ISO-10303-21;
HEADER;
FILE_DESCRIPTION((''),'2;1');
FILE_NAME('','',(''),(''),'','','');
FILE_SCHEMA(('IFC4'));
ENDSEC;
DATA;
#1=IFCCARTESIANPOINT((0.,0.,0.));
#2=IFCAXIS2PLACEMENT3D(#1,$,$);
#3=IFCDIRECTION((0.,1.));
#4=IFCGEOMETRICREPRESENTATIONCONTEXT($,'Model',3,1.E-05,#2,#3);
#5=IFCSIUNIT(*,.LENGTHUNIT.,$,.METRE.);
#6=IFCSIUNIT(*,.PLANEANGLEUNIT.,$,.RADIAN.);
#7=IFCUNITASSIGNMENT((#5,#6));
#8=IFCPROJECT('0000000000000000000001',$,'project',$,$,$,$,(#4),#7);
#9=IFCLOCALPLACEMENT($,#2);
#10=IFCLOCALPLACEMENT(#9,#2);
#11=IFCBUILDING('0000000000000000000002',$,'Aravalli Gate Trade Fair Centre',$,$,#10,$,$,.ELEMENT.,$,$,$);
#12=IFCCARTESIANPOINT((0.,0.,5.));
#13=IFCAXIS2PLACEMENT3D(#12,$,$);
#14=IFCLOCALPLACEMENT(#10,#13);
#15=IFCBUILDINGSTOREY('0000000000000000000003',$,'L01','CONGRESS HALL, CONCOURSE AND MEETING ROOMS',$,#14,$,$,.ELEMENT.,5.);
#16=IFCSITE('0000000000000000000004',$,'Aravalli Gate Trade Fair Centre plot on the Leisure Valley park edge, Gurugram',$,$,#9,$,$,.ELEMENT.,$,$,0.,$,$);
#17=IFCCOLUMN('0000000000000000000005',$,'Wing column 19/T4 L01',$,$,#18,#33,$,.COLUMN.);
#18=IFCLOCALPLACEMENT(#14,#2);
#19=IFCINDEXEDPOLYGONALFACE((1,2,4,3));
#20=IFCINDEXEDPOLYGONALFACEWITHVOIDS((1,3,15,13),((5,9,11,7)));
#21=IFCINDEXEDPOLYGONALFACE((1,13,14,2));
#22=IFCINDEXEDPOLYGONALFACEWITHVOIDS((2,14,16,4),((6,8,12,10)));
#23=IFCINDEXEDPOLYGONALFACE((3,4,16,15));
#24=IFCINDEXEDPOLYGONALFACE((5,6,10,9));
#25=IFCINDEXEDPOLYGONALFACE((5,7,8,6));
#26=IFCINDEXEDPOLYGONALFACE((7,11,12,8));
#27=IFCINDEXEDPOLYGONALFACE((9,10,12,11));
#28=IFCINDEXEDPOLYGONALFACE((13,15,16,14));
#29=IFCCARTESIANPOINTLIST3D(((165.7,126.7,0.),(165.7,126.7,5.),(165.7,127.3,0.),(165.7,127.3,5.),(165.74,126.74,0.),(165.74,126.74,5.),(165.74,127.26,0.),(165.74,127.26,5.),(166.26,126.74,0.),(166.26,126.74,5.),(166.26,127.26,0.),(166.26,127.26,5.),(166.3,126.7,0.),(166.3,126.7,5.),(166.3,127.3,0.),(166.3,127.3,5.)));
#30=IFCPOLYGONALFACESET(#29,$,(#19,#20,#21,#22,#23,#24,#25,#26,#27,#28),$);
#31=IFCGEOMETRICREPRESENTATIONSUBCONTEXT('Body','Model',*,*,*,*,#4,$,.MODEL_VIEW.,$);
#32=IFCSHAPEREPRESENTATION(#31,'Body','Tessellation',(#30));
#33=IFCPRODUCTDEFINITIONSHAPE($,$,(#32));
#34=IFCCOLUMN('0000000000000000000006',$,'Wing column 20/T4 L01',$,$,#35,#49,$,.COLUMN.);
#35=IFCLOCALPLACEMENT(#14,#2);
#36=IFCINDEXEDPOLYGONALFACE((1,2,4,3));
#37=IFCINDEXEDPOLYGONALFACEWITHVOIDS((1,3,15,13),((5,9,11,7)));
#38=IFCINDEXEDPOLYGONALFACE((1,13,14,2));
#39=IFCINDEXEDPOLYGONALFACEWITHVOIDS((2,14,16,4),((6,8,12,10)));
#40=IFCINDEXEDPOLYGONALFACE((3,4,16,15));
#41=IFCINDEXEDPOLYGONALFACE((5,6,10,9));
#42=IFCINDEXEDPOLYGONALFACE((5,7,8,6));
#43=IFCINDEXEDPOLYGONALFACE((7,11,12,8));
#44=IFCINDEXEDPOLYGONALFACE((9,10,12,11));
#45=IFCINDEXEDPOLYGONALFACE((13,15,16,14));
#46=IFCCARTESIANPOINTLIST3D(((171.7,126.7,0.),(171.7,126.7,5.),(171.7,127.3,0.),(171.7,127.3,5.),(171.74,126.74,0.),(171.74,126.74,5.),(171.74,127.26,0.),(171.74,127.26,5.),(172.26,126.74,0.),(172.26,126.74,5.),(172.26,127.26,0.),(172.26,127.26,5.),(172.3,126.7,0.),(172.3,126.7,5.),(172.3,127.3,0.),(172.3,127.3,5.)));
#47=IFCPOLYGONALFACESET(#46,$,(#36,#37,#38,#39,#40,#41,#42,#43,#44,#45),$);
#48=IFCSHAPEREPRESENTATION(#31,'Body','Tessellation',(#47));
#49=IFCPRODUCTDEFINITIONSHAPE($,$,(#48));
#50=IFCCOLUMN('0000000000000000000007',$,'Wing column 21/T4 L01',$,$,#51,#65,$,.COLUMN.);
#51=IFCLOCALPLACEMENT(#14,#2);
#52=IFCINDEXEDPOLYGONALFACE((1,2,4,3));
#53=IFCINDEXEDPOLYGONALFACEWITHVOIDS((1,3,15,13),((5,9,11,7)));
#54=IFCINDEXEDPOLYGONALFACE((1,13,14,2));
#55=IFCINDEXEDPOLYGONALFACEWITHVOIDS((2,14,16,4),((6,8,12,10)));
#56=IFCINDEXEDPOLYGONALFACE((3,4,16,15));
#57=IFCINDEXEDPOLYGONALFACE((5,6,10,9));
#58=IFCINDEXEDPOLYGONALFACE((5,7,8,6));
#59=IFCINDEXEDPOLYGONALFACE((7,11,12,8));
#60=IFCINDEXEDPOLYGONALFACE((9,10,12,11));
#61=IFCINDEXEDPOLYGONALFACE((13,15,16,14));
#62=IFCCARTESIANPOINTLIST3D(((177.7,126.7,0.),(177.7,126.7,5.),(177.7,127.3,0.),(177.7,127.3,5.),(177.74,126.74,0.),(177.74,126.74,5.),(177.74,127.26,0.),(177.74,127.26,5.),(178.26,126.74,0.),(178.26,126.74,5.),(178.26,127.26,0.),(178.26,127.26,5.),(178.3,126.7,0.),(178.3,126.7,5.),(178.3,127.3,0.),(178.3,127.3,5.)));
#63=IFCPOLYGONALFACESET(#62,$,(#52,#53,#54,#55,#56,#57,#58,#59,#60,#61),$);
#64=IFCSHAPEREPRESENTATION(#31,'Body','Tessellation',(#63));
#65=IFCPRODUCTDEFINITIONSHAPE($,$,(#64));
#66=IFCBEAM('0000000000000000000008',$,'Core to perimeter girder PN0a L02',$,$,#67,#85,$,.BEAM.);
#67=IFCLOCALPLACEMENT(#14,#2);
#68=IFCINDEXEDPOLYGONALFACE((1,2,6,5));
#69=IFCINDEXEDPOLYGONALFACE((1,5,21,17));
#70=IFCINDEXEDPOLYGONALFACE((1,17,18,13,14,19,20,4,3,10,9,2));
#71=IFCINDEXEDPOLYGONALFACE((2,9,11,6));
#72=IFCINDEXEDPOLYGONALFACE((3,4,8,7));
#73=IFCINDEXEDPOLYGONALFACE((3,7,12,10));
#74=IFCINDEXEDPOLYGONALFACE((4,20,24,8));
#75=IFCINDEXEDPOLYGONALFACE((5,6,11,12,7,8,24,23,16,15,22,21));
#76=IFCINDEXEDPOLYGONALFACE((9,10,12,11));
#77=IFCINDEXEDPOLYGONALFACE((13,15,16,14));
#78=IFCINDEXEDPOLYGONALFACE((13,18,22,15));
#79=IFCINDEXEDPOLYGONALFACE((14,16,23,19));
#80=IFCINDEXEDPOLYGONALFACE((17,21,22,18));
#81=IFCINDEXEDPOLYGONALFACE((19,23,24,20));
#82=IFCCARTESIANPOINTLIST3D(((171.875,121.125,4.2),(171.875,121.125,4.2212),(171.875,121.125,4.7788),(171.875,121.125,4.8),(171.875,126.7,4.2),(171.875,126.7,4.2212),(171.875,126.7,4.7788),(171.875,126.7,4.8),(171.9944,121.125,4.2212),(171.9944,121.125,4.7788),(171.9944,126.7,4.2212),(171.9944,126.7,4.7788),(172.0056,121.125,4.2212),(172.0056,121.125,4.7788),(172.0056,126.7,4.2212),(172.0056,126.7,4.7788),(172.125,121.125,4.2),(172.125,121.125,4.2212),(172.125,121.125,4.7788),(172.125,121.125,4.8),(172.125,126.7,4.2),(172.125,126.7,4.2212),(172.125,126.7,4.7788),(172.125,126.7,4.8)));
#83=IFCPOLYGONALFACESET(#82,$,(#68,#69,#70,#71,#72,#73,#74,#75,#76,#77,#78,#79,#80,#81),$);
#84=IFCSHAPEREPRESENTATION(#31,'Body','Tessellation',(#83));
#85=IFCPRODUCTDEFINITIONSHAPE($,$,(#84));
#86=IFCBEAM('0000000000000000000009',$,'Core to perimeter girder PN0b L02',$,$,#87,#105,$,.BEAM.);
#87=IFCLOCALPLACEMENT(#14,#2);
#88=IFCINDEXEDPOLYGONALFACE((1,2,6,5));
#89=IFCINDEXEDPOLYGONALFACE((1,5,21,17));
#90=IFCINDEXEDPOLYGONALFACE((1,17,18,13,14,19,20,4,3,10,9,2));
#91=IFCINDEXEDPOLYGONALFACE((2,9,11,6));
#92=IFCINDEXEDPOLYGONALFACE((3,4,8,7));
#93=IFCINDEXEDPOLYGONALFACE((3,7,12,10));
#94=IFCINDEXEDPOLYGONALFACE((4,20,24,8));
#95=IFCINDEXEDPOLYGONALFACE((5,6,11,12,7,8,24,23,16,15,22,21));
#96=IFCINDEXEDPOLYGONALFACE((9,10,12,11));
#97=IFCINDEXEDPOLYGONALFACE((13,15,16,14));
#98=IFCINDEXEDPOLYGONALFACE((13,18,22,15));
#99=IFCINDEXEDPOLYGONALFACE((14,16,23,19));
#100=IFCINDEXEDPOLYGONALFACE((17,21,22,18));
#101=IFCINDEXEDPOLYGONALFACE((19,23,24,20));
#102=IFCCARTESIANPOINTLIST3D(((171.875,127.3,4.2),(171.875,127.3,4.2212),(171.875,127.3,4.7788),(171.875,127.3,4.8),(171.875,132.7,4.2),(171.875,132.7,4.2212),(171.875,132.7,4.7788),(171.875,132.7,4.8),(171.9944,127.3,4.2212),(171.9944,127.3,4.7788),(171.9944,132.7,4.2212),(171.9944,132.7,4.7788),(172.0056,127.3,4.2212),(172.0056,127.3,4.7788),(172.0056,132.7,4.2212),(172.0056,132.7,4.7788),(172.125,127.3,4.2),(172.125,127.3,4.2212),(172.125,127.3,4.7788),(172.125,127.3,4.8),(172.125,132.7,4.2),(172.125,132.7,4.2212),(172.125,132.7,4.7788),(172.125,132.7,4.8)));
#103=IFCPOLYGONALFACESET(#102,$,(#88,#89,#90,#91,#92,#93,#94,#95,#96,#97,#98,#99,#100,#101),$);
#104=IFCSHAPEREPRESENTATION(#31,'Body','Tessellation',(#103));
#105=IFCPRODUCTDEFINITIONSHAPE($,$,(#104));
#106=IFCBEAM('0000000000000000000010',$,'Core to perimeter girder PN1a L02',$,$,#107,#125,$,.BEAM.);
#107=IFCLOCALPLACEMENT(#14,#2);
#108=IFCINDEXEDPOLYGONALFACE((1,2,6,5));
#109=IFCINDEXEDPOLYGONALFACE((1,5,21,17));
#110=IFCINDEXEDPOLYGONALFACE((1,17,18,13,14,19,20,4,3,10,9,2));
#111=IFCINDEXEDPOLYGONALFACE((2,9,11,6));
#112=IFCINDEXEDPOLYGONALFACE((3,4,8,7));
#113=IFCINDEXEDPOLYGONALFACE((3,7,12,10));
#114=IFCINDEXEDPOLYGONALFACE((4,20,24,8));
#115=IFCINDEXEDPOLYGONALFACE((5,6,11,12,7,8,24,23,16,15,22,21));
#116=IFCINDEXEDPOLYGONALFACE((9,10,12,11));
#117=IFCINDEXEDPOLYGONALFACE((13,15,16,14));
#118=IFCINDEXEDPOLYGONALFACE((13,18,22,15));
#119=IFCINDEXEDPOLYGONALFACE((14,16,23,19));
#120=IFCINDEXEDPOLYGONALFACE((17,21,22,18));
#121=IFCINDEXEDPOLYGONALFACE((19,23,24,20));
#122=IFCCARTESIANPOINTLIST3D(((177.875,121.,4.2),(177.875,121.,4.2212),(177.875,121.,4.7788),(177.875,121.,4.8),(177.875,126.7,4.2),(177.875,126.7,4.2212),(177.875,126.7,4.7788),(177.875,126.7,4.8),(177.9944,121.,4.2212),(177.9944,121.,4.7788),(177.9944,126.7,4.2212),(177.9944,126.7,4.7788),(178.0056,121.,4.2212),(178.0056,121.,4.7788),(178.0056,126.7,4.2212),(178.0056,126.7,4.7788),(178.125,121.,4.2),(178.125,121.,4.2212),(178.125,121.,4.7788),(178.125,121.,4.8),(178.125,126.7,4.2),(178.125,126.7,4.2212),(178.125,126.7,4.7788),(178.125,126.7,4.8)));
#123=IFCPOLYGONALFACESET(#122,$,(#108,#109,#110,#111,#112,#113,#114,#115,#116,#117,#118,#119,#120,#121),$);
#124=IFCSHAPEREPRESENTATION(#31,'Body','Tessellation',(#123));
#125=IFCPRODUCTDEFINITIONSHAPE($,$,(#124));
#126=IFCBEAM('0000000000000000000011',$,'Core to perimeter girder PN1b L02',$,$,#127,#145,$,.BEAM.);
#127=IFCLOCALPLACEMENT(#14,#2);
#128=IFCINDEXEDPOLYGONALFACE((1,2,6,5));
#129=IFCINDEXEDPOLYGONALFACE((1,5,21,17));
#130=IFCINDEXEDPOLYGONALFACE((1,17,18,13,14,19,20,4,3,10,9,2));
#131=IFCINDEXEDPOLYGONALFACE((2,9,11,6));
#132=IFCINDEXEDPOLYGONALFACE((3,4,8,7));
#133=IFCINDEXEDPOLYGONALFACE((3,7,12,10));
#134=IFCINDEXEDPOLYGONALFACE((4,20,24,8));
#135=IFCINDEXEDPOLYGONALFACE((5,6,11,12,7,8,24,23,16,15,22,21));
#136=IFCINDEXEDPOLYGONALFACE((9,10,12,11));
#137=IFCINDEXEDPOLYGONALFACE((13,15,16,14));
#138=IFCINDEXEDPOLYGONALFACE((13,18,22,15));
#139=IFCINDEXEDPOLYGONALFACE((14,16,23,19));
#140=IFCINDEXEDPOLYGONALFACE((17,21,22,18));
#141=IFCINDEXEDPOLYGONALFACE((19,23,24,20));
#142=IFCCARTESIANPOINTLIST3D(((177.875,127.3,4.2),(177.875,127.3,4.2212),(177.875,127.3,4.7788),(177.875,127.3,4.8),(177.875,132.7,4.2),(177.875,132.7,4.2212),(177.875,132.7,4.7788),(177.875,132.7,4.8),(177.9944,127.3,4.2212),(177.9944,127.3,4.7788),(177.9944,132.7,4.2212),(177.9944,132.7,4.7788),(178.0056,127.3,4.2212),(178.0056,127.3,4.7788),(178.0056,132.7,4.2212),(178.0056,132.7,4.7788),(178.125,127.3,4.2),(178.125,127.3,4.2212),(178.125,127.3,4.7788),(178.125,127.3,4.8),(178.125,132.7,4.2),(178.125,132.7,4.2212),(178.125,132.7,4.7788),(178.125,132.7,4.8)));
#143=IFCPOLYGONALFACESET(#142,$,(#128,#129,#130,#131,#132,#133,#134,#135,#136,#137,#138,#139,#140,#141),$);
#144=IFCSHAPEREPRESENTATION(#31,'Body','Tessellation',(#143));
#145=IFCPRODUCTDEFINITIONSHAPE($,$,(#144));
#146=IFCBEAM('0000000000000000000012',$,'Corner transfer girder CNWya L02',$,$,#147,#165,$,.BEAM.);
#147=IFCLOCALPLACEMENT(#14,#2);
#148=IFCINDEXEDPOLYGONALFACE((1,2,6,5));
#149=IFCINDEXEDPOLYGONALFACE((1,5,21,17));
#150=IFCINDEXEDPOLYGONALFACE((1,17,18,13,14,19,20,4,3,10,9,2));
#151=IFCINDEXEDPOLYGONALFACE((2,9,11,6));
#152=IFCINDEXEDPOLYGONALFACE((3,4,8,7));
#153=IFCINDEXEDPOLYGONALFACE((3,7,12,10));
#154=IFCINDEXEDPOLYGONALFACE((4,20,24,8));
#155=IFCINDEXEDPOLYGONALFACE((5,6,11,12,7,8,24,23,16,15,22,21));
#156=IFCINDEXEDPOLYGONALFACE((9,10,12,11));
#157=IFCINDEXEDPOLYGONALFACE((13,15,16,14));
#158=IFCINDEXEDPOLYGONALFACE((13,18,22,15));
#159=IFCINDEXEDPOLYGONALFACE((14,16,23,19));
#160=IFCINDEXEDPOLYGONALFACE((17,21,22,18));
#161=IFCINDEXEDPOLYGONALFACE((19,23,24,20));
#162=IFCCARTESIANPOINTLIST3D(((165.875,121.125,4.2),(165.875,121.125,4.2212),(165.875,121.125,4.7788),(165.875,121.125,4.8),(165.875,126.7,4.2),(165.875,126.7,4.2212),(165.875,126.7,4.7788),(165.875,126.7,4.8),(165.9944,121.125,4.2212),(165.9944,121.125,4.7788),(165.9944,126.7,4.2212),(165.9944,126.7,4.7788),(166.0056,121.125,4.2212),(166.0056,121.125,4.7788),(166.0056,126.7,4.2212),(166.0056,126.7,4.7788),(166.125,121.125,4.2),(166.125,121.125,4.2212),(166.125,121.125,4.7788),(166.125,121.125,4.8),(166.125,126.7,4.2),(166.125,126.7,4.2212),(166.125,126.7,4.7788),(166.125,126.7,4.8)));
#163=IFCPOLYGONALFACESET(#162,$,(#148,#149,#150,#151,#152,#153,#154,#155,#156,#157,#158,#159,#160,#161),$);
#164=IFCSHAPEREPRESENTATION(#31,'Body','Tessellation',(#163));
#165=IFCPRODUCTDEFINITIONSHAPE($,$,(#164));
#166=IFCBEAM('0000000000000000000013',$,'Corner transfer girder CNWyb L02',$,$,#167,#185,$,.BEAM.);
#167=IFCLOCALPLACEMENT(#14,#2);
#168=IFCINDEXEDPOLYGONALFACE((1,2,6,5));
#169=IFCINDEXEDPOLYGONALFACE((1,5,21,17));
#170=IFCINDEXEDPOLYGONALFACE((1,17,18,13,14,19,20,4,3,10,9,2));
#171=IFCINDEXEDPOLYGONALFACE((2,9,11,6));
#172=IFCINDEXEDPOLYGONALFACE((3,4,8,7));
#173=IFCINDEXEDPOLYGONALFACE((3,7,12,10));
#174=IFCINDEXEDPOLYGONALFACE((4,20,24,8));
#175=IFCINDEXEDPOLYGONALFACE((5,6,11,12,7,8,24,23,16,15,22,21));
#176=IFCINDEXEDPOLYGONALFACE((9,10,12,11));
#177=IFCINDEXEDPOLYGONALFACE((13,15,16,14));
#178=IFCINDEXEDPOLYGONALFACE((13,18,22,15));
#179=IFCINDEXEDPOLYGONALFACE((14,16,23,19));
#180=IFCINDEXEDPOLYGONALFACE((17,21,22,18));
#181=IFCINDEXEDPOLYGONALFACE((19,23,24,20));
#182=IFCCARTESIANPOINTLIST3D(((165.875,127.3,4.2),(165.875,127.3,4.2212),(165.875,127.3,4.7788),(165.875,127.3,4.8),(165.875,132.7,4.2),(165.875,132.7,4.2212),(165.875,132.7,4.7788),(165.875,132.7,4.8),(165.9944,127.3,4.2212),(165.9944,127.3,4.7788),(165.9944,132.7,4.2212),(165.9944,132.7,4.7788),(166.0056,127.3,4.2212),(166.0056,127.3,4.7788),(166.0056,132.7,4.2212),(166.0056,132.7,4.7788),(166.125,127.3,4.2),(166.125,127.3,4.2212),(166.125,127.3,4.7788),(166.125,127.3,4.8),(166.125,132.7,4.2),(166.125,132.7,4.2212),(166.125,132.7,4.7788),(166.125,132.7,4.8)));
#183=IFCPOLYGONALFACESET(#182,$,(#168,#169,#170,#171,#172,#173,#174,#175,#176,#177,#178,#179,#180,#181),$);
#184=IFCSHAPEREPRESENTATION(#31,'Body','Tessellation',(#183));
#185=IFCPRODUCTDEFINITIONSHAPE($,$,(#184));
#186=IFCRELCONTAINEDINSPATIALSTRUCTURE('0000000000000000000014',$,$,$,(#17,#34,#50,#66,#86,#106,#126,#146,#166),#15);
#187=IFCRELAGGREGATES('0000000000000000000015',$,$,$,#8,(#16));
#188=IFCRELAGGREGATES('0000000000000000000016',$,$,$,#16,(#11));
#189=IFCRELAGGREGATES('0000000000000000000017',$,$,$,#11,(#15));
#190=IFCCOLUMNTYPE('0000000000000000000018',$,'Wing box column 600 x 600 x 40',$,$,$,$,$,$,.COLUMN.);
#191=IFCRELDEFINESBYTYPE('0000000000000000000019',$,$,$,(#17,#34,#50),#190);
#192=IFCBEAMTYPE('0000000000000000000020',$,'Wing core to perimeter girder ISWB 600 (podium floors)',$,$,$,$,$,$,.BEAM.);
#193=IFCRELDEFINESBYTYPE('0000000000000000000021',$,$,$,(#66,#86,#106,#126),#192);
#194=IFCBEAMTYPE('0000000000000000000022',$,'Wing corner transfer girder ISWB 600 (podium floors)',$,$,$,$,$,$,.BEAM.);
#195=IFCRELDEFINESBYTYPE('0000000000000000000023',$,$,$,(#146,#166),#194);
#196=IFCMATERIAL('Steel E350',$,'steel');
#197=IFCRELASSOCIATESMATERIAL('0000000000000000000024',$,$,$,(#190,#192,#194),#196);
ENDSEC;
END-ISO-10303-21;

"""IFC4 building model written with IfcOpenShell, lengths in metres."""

from ifc_helpers import new_model, si_unit, direction, frame, origin, origin_2d, place, context, subcontext, project, spatial, hollow_rectangle, i_section, extrude, material, material_profile, profile_set, type_object, element, save


model = new_model("IFC4")

# Units and contexts
model_context = context("Model", 3, precision=1e-05, world=origin(), true_north=direction((0.0, 1.0)))
body_context = subcontext(model_context, "Body", "Model", "MODEL_VIEW")
ifc_project = project(units=[si_unit("LENGTHUNIT", "METRE"), si_unit("PLANEANGLEUNIT", "RADIAN")], contexts=[model_context])

# Site, building, storey
site_placement = place(None, origin())
site = spatial("IfcSite", under=ifc_project, at=site_placement, Name="Aravalli Gate Trade Fair Centre plot on the Leisure Valley park edge, Gurugram", CompositionType="ELEMENT", RefElevation=0.0)
building_placement = place(site_placement, origin())
building = spatial("IfcBuilding", under=site, at=building_placement, Name="Aravalli Gate Trade Fair Centre", CompositionType="ELEMENT")
storey_placement = place(building_placement, frame((0.0, 0.0, 5.0)))
storey = spatial("IfcBuildingStorey", under=building, at=storey_placement, Name="L01", Description="CONGRESS HALL, CONCOURSE AND MEETING ROOMS", CompositionType="ELEMENT", Elevation=5.0)

# Columns
ifc_material_1 = material(Name="Steel E350", Category="steel")
ifc_material_profile_1 = material_profile(ifc_material_1, hollow_rectangle(XDim=0.6001, YDim=0.6001, WallThickness=0.04, at=origin_2d()), Name="BOX 600x600x40")
ifc_profile_set_1 = profile_set([ifc_material_profile_1], Name="Steel E350")
column_type = type_object("IfcColumnType", Name="Wing box column 600 x 600 x 40", PredefinedType="COLUMN", material=ifc_profile_set_1)
for number, where, z_axis, x_axis, name in (
    (1, (166.0, 127.0, 0.0), (0.0, 0.0, 1.0), (1.0, 0.0, 0.0), "Wing column 19/T4 L01"),
    (2, (172.0, 127.0, 0.0), (0.0, 0.0, 1.0), (1.0, 0.0, 0.0), "Wing column 20/T4 L01"),
    (3, (178.0, 127.0, 0.0), (0.0, 0.0, 1.0), (1.0, 0.0, 0.0), "Wing column 21/T4 L01"),
):
    element("IfcColumn", number, at=place(storey_placement, frame(where, z_axis=z_axis, x_axis=x_axis)), inside=storey, type_object=column_type, Name=name, PredefinedType="COLUMN", context=body_context, shape_type="SweptSolid", body=[
        extrude(hollow_rectangle(XDim=0.6001, YDim=0.6001, WallThickness=0.04, at=origin_2d()), origin(), (0.0, 0.0, 1.0), 5.0),
    ])

# Beams
ifc_material_profile_2 = material_profile(ifc_material_1, i_section(OverallWidth=0.25, OverallDepth=0.6001, WebThickness=0.0112, FlangeThickness=0.0212, at=origin_2d()), Name="ISWB 600")
ifc_profile_set_2 = profile_set([ifc_material_profile_2], Name="Steel E350")
beam_type_1 = type_object("IfcBeamType", Name="Wing core to perimeter girder ISWB 600 (podium floors)", PredefinedType="BEAM", material=ifc_profile_set_2)
beam_1_placement = place(storey_placement, frame((172.0, 121.125, 4.5), z_axis=(0.0, 1.0, 0.0), x_axis=(-1.0, 0.0, 0.0)))
element("IfcBeam", 4, at=beam_1_placement, inside=storey, type_object=beam_type_1, Name="Core to perimeter girder PN0a L02", PredefinedType="BEAM", context=body_context, shape_type="SweptSolid", body=[
    extrude(i_section(OverallWidth=0.25, OverallDepth=0.6001, WebThickness=0.0112, FlangeThickness=0.0212, at=origin_2d()), origin(), (0.0, 0.0, 1.0), 5.575),
])
beam_2_placement = place(storey_placement, frame((172.0, 127.3, 4.5), z_axis=(0.0, 1.0, 0.0), x_axis=(-1.0, 0.0, 0.0)))
element("IfcBeam", 5, at=beam_2_placement, inside=storey, type_object=beam_type_1, Name="Core to perimeter girder PN0b L02", PredefinedType="BEAM", context=body_context, shape_type="SweptSolid", body=[
    extrude(i_section(OverallWidth=0.25, OverallDepth=0.6001, WebThickness=0.0112, FlangeThickness=0.0212, at=origin_2d()), origin(), (0.0, 0.0, 1.0), 5.3999),
])
beam_3_placement = place(storey_placement, frame((178.0, 121.0, 4.5), z_axis=(0.0, 1.0, 0.0), x_axis=(-1.0, 0.0, 0.0)))
element("IfcBeam", 6, at=beam_3_placement, inside=storey, type_object=beam_type_1, Name="Core to perimeter girder PN1a L02", PredefinedType="BEAM", context=body_context, shape_type="SweptSolid", body=[
    extrude(i_section(OverallWidth=0.25, OverallDepth=0.6001, WebThickness=0.0112, FlangeThickness=0.0212, at=origin_2d()), origin(), (0.0, 0.0, 1.0), 5.7),
])
beam_4_placement = place(storey_placement, frame((178.0, 127.3, 4.5), z_axis=(0.0, 1.0, 0.0), x_axis=(-1.0, 0.0, 0.0)))
element("IfcBeam", 7, at=beam_4_placement, inside=storey, type_object=beam_type_1, Name="Core to perimeter girder PN1b L02", PredefinedType="BEAM", context=body_context, shape_type="SweptSolid", body=[
    extrude(i_section(OverallWidth=0.25, OverallDepth=0.6001, WebThickness=0.0112, FlangeThickness=0.0212, at=origin_2d()), origin(), (0.0, 0.0, 1.0), 5.3999),
])
ifc_material_profile_3 = material_profile(ifc_material_1, i_section(OverallWidth=0.25, OverallDepth=0.6001, WebThickness=0.0112, FlangeThickness=0.0212, at=origin_2d()), Name="ISWB 600")
ifc_profile_set_3 = profile_set([ifc_material_profile_3], Name="Steel E350")
beam_type_2 = type_object("IfcBeamType", Name="Wing corner transfer girder ISWB 600 (podium floors)", PredefinedType="BEAM", material=ifc_profile_set_3)
beam_5_placement = place(storey_placement, frame((166.0, 121.125, 4.5), z_axis=(0.0, 1.0, 0.0), x_axis=(-1.0, 0.0, 0.0)))
element("IfcBeam", 8, at=beam_5_placement, inside=storey, type_object=beam_type_2, Name="Corner transfer girder CNWya L02", PredefinedType="BEAM", context=body_context, shape_type="SweptSolid", body=[
    extrude(i_section(OverallWidth=0.25, OverallDepth=0.6001, WebThickness=0.0112, FlangeThickness=0.0212, at=origin_2d()), origin(), (0.0, 0.0, 1.0), 5.575),
])
beam_6_placement = place(storey_placement, frame((166.0, 127.3, 4.5), z_axis=(0.0, 1.0, 0.0), x_axis=(-1.0, 0.0, 0.0)))
element("IfcBeam", 9, at=beam_6_placement, inside=storey, type_object=beam_type_2, Name="Corner transfer girder CNWyb L02", PredefinedType="BEAM", context=body_context, shape_type="SweptSolid", body=[
    extrude(i_section(OverallWidth=0.25, OverallDepth=0.6001, WebThickness=0.0112, FlangeThickness=0.0212, at=origin_2d()), origin(), (0.0, 0.0, 1.0), 5.3999),
])

save(model, "model.ifc")
